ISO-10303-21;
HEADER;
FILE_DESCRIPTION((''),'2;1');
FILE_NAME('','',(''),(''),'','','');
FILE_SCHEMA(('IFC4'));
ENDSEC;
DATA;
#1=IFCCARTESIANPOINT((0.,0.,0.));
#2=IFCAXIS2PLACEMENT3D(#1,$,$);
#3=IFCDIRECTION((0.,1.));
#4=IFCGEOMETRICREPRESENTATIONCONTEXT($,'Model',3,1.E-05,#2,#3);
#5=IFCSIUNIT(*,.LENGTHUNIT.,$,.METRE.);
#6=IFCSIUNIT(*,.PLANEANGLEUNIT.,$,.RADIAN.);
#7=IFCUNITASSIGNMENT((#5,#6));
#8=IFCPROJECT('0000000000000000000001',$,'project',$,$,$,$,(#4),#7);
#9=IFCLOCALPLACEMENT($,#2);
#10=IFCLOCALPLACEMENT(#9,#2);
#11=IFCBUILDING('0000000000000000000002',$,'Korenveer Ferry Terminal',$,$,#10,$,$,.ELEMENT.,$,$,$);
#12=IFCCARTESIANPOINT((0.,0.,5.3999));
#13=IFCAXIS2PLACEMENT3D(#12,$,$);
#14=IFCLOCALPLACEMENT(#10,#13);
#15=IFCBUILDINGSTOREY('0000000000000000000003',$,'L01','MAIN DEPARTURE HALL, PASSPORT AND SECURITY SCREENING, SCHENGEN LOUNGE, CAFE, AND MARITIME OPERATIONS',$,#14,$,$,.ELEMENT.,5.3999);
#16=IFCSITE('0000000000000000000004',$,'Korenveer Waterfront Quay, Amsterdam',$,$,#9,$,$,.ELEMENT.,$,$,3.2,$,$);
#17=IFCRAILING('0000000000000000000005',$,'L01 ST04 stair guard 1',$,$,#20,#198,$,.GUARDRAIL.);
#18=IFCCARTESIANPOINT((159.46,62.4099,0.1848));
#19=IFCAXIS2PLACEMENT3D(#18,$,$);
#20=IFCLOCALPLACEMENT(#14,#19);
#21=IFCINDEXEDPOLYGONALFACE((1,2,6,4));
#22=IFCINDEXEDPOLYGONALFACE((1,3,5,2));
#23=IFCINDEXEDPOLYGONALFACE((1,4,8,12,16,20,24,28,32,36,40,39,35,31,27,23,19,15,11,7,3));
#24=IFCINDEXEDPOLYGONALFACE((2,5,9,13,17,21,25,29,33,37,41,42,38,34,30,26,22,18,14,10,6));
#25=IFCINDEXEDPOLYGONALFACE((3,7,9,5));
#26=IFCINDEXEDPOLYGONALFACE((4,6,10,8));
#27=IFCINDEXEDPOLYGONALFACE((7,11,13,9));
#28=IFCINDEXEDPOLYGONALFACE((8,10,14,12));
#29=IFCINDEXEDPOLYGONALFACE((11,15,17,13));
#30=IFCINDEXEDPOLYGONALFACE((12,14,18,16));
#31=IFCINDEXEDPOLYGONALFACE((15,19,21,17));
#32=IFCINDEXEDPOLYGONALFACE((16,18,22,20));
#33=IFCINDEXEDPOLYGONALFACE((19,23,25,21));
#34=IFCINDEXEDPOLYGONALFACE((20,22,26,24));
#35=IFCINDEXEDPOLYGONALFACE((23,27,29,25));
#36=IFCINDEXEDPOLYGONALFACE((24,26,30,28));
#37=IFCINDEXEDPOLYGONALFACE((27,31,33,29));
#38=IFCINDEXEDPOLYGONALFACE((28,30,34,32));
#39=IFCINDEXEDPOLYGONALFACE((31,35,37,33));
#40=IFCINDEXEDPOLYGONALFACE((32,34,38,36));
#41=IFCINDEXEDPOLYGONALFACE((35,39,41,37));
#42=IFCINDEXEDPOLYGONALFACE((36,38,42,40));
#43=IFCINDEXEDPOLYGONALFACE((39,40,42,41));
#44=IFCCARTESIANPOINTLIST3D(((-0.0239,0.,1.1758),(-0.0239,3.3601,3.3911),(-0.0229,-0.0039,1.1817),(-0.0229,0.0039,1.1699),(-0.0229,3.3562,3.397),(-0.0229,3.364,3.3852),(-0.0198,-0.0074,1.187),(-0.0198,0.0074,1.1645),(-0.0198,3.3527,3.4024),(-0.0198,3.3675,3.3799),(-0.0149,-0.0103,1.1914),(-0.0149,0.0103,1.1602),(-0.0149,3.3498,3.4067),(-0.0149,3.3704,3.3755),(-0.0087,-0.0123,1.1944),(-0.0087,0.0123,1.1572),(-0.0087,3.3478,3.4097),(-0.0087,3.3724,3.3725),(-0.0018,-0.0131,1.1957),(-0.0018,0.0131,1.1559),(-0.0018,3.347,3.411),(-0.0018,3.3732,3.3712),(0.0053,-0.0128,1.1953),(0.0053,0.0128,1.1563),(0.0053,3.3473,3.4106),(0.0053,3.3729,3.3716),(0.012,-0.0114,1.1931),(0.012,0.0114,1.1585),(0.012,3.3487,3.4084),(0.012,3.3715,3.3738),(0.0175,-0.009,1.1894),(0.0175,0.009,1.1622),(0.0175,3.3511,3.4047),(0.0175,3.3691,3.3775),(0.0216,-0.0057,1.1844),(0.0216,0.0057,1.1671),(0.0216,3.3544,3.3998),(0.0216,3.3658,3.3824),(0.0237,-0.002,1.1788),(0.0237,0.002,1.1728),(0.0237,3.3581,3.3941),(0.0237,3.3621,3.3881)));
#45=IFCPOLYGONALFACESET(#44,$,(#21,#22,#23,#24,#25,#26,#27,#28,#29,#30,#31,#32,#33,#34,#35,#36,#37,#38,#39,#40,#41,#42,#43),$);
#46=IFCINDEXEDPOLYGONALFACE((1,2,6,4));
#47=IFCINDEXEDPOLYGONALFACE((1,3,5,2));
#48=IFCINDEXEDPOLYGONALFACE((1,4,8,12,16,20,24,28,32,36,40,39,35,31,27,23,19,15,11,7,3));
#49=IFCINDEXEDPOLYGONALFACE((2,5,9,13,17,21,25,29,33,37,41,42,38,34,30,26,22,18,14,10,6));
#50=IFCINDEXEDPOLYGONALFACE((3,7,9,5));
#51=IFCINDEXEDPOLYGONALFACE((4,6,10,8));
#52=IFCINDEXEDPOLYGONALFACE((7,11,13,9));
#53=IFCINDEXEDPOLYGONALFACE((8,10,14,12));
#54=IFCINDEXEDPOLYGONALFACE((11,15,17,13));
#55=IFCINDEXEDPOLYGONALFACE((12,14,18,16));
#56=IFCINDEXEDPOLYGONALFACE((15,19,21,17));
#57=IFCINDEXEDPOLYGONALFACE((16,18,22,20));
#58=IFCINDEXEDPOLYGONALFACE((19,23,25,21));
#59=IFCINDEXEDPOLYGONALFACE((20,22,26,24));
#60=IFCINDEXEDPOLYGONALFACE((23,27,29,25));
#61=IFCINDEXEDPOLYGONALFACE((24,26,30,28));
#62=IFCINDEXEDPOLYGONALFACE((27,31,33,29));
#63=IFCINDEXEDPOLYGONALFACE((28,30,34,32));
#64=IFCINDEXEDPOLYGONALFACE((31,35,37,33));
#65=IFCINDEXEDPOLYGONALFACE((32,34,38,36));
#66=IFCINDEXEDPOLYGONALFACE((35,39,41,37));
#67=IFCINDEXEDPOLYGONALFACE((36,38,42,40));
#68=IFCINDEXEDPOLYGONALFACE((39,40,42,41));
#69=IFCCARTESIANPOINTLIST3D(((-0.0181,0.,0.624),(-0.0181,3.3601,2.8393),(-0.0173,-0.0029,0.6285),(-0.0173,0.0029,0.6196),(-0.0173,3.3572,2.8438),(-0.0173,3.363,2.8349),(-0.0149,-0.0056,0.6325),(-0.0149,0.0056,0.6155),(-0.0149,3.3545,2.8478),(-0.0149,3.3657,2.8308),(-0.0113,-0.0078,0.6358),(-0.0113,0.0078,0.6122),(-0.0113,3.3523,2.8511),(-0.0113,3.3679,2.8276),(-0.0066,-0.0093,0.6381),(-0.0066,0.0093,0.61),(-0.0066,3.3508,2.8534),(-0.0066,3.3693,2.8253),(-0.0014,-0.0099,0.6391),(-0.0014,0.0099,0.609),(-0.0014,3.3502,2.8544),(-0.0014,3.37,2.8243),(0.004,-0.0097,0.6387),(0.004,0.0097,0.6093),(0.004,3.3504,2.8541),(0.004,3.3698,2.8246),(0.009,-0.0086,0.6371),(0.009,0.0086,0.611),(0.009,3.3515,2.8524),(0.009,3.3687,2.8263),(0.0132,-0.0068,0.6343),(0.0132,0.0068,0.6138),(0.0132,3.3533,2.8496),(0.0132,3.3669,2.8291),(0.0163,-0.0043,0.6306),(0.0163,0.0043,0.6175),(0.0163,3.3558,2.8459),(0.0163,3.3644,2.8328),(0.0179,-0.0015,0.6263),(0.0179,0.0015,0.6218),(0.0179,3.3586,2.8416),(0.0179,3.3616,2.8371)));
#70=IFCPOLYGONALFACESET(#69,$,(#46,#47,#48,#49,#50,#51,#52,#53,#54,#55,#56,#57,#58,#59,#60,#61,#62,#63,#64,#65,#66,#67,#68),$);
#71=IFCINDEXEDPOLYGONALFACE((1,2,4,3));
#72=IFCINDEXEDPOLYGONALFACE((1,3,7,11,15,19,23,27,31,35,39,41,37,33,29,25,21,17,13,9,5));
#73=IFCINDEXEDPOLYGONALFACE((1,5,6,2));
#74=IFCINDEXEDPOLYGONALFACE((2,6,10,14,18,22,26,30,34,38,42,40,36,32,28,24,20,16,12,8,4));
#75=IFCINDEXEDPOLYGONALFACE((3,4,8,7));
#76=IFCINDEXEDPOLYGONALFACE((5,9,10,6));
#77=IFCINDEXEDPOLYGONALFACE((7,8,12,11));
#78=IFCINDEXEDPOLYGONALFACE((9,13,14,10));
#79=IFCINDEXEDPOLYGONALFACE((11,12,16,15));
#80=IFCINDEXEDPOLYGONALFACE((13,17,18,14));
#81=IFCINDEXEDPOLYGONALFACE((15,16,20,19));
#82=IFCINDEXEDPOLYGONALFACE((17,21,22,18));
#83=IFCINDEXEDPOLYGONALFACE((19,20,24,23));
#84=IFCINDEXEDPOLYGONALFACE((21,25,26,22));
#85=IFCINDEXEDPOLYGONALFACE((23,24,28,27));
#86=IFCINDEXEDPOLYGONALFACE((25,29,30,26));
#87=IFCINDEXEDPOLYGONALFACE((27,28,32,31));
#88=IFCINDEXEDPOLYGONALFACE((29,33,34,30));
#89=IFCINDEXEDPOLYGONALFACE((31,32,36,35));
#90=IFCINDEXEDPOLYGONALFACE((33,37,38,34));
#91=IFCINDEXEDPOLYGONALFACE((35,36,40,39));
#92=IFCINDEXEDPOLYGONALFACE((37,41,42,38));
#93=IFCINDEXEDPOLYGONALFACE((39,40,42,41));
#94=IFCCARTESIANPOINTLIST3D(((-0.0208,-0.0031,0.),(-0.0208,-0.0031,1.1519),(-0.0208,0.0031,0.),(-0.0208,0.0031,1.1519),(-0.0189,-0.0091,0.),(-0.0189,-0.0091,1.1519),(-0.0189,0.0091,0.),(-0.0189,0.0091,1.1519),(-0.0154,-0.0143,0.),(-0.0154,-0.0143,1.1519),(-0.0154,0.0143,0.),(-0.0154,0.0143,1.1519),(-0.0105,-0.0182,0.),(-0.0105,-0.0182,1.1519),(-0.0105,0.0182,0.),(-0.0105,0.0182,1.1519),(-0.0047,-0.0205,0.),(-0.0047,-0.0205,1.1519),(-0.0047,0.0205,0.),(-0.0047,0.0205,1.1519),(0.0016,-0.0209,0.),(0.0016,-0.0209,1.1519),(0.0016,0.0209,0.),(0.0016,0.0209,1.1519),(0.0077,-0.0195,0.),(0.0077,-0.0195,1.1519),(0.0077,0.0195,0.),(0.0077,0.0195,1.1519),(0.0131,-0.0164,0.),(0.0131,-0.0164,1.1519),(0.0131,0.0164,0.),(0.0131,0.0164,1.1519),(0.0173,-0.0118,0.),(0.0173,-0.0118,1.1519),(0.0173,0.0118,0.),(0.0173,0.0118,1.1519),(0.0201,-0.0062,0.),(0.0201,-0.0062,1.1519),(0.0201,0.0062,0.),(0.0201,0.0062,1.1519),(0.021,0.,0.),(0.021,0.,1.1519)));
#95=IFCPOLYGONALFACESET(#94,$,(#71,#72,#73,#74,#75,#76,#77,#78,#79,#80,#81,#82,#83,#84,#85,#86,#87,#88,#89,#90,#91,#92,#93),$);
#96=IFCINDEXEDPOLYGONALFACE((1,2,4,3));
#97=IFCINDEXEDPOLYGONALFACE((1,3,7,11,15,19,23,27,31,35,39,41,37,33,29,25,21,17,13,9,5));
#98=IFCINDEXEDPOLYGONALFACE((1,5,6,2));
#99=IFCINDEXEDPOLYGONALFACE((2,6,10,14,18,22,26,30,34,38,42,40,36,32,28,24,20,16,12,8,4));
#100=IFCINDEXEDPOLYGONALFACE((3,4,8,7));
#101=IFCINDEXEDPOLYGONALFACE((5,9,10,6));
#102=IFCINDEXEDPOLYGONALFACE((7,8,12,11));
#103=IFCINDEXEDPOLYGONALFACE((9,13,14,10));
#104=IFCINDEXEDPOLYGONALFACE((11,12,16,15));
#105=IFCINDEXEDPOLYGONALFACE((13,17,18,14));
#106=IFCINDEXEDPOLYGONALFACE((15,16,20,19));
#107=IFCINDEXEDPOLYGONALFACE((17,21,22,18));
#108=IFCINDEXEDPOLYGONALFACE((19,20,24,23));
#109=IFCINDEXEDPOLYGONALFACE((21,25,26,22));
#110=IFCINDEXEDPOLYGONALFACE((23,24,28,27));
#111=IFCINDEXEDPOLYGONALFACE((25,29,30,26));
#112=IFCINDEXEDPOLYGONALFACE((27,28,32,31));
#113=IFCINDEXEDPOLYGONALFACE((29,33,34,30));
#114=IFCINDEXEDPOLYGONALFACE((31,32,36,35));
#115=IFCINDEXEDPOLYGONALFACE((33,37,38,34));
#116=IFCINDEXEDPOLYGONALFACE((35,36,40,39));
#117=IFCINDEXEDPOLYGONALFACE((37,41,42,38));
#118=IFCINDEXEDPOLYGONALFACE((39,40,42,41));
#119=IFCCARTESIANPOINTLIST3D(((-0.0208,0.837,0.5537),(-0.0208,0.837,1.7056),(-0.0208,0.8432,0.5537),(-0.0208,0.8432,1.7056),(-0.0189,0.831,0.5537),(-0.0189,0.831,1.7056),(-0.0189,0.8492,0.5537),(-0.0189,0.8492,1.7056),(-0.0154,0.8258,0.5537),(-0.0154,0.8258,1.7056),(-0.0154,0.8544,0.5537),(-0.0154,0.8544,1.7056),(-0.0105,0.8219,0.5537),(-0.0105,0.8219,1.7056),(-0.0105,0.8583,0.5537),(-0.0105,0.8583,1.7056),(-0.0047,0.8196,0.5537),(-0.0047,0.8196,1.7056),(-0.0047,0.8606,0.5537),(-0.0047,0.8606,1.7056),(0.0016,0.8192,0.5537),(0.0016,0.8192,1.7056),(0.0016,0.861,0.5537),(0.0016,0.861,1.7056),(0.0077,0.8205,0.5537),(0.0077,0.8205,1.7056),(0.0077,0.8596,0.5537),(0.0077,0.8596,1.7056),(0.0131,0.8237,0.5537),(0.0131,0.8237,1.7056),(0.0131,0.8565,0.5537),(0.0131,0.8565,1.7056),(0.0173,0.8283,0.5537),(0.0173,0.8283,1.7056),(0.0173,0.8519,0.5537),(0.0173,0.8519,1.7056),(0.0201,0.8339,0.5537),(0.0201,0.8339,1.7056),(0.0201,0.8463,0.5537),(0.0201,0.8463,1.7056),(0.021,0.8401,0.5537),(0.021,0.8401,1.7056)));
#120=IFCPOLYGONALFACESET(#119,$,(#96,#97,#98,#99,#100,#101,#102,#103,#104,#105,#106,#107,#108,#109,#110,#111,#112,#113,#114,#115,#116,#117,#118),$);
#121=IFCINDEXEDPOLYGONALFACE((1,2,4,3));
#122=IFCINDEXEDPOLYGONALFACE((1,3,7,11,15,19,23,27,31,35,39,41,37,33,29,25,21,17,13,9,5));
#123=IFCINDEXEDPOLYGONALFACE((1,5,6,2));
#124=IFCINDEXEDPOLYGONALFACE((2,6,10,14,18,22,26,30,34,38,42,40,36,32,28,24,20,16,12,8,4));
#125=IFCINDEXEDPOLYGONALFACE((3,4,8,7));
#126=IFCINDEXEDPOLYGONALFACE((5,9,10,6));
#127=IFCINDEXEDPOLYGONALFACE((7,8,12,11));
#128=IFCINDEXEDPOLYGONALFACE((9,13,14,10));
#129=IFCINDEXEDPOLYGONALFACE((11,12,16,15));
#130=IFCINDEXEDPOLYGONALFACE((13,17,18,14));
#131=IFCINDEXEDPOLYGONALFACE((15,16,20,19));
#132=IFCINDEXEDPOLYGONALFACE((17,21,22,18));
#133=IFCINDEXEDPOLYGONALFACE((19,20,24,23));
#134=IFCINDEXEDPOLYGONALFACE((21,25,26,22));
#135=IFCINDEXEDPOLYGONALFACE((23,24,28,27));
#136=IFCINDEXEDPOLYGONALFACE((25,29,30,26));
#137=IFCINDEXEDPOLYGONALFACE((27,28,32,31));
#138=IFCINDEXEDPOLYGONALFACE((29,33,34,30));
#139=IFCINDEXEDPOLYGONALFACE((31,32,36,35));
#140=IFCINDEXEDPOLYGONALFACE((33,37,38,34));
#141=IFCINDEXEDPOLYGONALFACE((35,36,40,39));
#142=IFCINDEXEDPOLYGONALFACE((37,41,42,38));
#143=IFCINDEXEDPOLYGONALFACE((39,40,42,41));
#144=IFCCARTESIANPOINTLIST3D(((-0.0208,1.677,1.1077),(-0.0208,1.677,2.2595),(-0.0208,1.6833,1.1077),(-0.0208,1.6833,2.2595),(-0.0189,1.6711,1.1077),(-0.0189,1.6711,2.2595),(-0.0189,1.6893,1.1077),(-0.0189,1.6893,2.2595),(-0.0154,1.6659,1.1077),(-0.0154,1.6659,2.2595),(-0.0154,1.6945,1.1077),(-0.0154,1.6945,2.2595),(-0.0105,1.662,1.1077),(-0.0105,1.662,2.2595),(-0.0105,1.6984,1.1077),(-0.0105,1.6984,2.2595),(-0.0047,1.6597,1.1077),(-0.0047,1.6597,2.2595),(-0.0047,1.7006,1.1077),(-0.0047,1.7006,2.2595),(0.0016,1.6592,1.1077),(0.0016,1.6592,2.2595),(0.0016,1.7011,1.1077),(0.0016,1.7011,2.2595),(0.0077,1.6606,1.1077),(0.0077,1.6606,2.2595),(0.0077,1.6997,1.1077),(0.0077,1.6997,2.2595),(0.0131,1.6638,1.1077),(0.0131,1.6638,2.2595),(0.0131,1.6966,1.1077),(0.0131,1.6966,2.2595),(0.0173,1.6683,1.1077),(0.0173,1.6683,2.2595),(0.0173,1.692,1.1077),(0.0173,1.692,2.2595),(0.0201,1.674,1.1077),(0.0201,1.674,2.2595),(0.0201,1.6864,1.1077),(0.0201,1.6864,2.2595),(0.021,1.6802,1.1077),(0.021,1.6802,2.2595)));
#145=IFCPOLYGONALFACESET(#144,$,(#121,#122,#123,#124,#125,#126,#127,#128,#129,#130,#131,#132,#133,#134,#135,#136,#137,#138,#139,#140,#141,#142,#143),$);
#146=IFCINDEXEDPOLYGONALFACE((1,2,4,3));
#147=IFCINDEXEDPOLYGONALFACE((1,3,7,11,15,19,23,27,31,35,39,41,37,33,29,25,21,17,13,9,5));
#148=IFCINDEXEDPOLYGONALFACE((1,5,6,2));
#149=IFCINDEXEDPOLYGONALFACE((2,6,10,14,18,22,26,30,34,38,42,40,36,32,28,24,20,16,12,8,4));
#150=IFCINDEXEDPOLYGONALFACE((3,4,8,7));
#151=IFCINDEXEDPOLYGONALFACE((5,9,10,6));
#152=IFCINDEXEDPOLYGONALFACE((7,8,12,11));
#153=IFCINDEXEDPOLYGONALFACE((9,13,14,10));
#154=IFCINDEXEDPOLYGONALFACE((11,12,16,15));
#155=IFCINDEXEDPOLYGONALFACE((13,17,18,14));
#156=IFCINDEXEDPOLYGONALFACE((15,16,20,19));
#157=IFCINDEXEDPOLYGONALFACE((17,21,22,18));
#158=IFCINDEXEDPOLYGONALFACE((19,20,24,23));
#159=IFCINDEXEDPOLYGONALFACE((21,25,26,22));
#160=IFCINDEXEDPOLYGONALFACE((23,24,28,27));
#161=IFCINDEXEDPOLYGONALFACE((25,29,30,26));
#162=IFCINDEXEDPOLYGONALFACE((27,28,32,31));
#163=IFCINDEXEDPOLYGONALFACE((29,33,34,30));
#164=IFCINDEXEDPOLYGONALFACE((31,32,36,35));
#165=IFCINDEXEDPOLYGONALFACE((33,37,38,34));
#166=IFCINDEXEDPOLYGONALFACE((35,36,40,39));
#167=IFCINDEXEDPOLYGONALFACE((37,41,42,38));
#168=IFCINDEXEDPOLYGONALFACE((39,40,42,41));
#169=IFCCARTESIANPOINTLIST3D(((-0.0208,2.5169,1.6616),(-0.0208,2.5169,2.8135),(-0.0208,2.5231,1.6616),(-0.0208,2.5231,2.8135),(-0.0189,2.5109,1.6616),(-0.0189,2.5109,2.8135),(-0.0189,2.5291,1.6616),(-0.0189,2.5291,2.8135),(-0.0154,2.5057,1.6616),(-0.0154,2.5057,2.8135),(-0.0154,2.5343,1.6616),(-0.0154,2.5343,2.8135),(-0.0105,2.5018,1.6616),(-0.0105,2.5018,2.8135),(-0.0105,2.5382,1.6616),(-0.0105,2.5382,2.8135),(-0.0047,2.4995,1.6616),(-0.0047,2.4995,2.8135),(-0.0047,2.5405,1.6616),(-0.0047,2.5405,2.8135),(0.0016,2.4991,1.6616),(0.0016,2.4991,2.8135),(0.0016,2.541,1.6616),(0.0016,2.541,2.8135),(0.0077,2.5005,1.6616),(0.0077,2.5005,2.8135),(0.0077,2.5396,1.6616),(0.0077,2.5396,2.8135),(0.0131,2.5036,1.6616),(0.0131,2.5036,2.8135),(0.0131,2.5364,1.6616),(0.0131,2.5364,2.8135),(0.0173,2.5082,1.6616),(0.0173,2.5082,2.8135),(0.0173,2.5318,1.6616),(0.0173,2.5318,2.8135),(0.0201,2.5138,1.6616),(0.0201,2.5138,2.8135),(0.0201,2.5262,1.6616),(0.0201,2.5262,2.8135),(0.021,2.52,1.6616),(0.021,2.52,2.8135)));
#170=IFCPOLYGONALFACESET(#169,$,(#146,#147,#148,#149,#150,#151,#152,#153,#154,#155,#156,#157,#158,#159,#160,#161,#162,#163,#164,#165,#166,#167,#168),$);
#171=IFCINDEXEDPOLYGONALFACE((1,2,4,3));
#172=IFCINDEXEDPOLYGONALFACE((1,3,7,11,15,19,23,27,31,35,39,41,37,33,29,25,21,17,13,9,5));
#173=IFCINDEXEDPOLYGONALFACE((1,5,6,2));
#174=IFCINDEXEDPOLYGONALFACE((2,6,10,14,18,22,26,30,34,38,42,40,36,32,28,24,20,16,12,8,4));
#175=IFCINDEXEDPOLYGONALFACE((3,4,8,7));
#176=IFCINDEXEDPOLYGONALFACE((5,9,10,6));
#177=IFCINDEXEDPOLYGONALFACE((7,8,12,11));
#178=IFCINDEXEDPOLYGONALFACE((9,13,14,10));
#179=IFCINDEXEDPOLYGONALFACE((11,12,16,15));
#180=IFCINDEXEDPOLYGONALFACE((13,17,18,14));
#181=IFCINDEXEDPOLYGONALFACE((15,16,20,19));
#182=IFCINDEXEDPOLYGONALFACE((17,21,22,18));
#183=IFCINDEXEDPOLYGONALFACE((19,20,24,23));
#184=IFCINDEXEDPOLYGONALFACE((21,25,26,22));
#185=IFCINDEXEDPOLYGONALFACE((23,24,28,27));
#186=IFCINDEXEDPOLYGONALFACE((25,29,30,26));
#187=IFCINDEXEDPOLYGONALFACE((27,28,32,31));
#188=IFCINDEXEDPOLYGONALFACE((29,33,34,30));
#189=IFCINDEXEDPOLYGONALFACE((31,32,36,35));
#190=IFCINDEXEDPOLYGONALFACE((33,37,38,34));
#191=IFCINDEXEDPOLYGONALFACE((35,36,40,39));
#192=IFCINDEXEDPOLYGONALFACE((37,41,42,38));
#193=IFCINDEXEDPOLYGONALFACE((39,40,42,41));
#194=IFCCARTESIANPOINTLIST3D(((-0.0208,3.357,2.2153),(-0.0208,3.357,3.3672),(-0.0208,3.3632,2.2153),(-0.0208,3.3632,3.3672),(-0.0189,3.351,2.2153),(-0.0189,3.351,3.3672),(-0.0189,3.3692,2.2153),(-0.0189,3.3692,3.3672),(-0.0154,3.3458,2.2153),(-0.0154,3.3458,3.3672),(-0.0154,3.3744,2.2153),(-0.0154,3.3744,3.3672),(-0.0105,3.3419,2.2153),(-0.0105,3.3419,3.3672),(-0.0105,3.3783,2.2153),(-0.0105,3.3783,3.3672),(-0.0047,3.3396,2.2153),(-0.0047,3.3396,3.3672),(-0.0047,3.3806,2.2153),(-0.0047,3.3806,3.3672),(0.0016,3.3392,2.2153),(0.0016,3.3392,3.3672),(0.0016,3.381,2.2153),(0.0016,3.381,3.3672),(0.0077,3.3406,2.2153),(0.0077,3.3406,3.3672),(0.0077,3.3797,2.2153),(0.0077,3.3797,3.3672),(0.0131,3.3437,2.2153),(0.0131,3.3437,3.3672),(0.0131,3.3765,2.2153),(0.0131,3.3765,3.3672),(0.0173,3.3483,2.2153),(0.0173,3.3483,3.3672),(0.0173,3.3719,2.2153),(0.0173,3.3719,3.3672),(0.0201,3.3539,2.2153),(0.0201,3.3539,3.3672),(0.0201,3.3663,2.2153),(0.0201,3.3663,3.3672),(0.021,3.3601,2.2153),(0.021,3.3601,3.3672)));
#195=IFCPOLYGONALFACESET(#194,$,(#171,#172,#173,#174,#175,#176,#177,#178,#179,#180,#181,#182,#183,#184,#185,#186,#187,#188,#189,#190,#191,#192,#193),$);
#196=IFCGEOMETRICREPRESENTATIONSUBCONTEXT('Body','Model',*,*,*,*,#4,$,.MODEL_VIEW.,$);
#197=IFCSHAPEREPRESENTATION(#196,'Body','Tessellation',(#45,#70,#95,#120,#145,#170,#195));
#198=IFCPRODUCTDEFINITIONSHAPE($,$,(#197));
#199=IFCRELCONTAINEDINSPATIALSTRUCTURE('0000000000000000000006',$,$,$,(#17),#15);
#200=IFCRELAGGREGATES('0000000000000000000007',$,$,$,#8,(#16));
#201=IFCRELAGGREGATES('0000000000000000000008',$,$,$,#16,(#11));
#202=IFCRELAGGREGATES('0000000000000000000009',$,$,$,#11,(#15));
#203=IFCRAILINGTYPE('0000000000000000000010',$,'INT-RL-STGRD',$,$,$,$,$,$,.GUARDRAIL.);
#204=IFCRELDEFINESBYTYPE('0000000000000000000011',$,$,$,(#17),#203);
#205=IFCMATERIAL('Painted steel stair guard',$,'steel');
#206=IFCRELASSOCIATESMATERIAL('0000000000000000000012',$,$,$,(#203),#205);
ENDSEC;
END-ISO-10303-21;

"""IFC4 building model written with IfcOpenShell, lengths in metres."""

from ifc_helpers import new_model, si_unit, direction, frame, origin, origin_2d, place, context, subcontext, project, spatial, circle, extrude, material, type_object, element, save


model = new_model("IFC4")

# Units and contexts
model_context = context("Model", 3, precision=1e-05, world=origin(), true_north=direction((0.0, 1.0)))
body_context = subcontext(model_context, "Body", "Model", "MODEL_VIEW")
ifc_project = project(units=[si_unit("LENGTHUNIT", "METRE"), si_unit("PLANEANGLEUNIT", "RADIAN")], contexts=[model_context])

# Site, building, storey
site_placement = place(None, origin())
site = spatial("IfcSite", under=ifc_project, at=site_placement, Name="Korenveer Waterfront Quay, Amsterdam", CompositionType="ELEMENT", RefElevation=3.2)
building_placement = place(site_placement, origin())
building = spatial("IfcBuilding", under=site, at=building_placement, Name="Korenveer Ferry Terminal", CompositionType="ELEMENT")
storey_placement = place(building_placement, frame((0.0, 0.0, 5.3999)))
storey = spatial("IfcBuildingStorey", under=building, at=storey_placement, Name="L01", Description="MAIN DEPARTURE HALL, PASSPORT AND SECURITY SCREENING, SCHENGEN LOUNGE, CAFE, AND MARITIME OPERATIONS", CompositionType="ELEMENT", Elevation=5.3999)

# Railing
ifc_material_1 = material(Name="Painted steel stair guard", Category="steel")
railing_type_1 = type_object("IfcRailingType", Name="INT-RL-STGRD", PredefinedType="GUARDRAIL", material=ifc_material_1)
railing_1_placement = place(storey_placement, frame((159.46, 62.4099, 0.1848)))
element("IfcRailing", 1, at=railing_1_placement, inside=storey, type_object=railing_type_1, Name="L01 ST04 stair guard 1", PredefinedType="GUARDRAIL", context=body_context, shape_type="SweptSolid", body=[
    extrude(circle(Radius=0.0239, at=origin_2d()), frame((0.0, 0.0, 1.1758), z_axis=(0.0, 0.834876, 0.550437), x_axis=(-1.0, 0.0, 0.0)), (0.0, 0.0, 1.0), 4.0247),
    extrude(circle(Radius=0.0181, at=origin_2d()), frame((0.0, 0.0, 0.624), z_axis=(0.0, 0.834876, 0.550437), x_axis=(-1.0, 0.0, 0.0)), (0.0, 0.0, 1.0), 4.0247),
    extrude(circle(Radius=0.021, at=origin_2d()), origin(), (0.0, 0.0, 1.0), 1.1519),
    extrude(circle(Radius=0.021, at=origin_2d()), frame((0.0, 0.8401, 0.5537)), (0.0, 0.0, 1.0), 1.1519),
    extrude(circle(Radius=0.021, at=origin_2d()), frame((0.0, 1.6802, 1.1077)), (0.0, 0.0, 1.0), 1.1519),
    extrude(circle(Radius=0.021, at=origin_2d()), frame((0.0, 2.52, 1.6616)), (0.0, 0.0, 1.0), 1.1519),
    extrude(circle(Radius=0.021, at=origin_2d()), frame((0.0, 3.3601, 2.2153)), (0.0, 0.0, 1.0), 1.1519),
])

save(model, "model.ifc")
